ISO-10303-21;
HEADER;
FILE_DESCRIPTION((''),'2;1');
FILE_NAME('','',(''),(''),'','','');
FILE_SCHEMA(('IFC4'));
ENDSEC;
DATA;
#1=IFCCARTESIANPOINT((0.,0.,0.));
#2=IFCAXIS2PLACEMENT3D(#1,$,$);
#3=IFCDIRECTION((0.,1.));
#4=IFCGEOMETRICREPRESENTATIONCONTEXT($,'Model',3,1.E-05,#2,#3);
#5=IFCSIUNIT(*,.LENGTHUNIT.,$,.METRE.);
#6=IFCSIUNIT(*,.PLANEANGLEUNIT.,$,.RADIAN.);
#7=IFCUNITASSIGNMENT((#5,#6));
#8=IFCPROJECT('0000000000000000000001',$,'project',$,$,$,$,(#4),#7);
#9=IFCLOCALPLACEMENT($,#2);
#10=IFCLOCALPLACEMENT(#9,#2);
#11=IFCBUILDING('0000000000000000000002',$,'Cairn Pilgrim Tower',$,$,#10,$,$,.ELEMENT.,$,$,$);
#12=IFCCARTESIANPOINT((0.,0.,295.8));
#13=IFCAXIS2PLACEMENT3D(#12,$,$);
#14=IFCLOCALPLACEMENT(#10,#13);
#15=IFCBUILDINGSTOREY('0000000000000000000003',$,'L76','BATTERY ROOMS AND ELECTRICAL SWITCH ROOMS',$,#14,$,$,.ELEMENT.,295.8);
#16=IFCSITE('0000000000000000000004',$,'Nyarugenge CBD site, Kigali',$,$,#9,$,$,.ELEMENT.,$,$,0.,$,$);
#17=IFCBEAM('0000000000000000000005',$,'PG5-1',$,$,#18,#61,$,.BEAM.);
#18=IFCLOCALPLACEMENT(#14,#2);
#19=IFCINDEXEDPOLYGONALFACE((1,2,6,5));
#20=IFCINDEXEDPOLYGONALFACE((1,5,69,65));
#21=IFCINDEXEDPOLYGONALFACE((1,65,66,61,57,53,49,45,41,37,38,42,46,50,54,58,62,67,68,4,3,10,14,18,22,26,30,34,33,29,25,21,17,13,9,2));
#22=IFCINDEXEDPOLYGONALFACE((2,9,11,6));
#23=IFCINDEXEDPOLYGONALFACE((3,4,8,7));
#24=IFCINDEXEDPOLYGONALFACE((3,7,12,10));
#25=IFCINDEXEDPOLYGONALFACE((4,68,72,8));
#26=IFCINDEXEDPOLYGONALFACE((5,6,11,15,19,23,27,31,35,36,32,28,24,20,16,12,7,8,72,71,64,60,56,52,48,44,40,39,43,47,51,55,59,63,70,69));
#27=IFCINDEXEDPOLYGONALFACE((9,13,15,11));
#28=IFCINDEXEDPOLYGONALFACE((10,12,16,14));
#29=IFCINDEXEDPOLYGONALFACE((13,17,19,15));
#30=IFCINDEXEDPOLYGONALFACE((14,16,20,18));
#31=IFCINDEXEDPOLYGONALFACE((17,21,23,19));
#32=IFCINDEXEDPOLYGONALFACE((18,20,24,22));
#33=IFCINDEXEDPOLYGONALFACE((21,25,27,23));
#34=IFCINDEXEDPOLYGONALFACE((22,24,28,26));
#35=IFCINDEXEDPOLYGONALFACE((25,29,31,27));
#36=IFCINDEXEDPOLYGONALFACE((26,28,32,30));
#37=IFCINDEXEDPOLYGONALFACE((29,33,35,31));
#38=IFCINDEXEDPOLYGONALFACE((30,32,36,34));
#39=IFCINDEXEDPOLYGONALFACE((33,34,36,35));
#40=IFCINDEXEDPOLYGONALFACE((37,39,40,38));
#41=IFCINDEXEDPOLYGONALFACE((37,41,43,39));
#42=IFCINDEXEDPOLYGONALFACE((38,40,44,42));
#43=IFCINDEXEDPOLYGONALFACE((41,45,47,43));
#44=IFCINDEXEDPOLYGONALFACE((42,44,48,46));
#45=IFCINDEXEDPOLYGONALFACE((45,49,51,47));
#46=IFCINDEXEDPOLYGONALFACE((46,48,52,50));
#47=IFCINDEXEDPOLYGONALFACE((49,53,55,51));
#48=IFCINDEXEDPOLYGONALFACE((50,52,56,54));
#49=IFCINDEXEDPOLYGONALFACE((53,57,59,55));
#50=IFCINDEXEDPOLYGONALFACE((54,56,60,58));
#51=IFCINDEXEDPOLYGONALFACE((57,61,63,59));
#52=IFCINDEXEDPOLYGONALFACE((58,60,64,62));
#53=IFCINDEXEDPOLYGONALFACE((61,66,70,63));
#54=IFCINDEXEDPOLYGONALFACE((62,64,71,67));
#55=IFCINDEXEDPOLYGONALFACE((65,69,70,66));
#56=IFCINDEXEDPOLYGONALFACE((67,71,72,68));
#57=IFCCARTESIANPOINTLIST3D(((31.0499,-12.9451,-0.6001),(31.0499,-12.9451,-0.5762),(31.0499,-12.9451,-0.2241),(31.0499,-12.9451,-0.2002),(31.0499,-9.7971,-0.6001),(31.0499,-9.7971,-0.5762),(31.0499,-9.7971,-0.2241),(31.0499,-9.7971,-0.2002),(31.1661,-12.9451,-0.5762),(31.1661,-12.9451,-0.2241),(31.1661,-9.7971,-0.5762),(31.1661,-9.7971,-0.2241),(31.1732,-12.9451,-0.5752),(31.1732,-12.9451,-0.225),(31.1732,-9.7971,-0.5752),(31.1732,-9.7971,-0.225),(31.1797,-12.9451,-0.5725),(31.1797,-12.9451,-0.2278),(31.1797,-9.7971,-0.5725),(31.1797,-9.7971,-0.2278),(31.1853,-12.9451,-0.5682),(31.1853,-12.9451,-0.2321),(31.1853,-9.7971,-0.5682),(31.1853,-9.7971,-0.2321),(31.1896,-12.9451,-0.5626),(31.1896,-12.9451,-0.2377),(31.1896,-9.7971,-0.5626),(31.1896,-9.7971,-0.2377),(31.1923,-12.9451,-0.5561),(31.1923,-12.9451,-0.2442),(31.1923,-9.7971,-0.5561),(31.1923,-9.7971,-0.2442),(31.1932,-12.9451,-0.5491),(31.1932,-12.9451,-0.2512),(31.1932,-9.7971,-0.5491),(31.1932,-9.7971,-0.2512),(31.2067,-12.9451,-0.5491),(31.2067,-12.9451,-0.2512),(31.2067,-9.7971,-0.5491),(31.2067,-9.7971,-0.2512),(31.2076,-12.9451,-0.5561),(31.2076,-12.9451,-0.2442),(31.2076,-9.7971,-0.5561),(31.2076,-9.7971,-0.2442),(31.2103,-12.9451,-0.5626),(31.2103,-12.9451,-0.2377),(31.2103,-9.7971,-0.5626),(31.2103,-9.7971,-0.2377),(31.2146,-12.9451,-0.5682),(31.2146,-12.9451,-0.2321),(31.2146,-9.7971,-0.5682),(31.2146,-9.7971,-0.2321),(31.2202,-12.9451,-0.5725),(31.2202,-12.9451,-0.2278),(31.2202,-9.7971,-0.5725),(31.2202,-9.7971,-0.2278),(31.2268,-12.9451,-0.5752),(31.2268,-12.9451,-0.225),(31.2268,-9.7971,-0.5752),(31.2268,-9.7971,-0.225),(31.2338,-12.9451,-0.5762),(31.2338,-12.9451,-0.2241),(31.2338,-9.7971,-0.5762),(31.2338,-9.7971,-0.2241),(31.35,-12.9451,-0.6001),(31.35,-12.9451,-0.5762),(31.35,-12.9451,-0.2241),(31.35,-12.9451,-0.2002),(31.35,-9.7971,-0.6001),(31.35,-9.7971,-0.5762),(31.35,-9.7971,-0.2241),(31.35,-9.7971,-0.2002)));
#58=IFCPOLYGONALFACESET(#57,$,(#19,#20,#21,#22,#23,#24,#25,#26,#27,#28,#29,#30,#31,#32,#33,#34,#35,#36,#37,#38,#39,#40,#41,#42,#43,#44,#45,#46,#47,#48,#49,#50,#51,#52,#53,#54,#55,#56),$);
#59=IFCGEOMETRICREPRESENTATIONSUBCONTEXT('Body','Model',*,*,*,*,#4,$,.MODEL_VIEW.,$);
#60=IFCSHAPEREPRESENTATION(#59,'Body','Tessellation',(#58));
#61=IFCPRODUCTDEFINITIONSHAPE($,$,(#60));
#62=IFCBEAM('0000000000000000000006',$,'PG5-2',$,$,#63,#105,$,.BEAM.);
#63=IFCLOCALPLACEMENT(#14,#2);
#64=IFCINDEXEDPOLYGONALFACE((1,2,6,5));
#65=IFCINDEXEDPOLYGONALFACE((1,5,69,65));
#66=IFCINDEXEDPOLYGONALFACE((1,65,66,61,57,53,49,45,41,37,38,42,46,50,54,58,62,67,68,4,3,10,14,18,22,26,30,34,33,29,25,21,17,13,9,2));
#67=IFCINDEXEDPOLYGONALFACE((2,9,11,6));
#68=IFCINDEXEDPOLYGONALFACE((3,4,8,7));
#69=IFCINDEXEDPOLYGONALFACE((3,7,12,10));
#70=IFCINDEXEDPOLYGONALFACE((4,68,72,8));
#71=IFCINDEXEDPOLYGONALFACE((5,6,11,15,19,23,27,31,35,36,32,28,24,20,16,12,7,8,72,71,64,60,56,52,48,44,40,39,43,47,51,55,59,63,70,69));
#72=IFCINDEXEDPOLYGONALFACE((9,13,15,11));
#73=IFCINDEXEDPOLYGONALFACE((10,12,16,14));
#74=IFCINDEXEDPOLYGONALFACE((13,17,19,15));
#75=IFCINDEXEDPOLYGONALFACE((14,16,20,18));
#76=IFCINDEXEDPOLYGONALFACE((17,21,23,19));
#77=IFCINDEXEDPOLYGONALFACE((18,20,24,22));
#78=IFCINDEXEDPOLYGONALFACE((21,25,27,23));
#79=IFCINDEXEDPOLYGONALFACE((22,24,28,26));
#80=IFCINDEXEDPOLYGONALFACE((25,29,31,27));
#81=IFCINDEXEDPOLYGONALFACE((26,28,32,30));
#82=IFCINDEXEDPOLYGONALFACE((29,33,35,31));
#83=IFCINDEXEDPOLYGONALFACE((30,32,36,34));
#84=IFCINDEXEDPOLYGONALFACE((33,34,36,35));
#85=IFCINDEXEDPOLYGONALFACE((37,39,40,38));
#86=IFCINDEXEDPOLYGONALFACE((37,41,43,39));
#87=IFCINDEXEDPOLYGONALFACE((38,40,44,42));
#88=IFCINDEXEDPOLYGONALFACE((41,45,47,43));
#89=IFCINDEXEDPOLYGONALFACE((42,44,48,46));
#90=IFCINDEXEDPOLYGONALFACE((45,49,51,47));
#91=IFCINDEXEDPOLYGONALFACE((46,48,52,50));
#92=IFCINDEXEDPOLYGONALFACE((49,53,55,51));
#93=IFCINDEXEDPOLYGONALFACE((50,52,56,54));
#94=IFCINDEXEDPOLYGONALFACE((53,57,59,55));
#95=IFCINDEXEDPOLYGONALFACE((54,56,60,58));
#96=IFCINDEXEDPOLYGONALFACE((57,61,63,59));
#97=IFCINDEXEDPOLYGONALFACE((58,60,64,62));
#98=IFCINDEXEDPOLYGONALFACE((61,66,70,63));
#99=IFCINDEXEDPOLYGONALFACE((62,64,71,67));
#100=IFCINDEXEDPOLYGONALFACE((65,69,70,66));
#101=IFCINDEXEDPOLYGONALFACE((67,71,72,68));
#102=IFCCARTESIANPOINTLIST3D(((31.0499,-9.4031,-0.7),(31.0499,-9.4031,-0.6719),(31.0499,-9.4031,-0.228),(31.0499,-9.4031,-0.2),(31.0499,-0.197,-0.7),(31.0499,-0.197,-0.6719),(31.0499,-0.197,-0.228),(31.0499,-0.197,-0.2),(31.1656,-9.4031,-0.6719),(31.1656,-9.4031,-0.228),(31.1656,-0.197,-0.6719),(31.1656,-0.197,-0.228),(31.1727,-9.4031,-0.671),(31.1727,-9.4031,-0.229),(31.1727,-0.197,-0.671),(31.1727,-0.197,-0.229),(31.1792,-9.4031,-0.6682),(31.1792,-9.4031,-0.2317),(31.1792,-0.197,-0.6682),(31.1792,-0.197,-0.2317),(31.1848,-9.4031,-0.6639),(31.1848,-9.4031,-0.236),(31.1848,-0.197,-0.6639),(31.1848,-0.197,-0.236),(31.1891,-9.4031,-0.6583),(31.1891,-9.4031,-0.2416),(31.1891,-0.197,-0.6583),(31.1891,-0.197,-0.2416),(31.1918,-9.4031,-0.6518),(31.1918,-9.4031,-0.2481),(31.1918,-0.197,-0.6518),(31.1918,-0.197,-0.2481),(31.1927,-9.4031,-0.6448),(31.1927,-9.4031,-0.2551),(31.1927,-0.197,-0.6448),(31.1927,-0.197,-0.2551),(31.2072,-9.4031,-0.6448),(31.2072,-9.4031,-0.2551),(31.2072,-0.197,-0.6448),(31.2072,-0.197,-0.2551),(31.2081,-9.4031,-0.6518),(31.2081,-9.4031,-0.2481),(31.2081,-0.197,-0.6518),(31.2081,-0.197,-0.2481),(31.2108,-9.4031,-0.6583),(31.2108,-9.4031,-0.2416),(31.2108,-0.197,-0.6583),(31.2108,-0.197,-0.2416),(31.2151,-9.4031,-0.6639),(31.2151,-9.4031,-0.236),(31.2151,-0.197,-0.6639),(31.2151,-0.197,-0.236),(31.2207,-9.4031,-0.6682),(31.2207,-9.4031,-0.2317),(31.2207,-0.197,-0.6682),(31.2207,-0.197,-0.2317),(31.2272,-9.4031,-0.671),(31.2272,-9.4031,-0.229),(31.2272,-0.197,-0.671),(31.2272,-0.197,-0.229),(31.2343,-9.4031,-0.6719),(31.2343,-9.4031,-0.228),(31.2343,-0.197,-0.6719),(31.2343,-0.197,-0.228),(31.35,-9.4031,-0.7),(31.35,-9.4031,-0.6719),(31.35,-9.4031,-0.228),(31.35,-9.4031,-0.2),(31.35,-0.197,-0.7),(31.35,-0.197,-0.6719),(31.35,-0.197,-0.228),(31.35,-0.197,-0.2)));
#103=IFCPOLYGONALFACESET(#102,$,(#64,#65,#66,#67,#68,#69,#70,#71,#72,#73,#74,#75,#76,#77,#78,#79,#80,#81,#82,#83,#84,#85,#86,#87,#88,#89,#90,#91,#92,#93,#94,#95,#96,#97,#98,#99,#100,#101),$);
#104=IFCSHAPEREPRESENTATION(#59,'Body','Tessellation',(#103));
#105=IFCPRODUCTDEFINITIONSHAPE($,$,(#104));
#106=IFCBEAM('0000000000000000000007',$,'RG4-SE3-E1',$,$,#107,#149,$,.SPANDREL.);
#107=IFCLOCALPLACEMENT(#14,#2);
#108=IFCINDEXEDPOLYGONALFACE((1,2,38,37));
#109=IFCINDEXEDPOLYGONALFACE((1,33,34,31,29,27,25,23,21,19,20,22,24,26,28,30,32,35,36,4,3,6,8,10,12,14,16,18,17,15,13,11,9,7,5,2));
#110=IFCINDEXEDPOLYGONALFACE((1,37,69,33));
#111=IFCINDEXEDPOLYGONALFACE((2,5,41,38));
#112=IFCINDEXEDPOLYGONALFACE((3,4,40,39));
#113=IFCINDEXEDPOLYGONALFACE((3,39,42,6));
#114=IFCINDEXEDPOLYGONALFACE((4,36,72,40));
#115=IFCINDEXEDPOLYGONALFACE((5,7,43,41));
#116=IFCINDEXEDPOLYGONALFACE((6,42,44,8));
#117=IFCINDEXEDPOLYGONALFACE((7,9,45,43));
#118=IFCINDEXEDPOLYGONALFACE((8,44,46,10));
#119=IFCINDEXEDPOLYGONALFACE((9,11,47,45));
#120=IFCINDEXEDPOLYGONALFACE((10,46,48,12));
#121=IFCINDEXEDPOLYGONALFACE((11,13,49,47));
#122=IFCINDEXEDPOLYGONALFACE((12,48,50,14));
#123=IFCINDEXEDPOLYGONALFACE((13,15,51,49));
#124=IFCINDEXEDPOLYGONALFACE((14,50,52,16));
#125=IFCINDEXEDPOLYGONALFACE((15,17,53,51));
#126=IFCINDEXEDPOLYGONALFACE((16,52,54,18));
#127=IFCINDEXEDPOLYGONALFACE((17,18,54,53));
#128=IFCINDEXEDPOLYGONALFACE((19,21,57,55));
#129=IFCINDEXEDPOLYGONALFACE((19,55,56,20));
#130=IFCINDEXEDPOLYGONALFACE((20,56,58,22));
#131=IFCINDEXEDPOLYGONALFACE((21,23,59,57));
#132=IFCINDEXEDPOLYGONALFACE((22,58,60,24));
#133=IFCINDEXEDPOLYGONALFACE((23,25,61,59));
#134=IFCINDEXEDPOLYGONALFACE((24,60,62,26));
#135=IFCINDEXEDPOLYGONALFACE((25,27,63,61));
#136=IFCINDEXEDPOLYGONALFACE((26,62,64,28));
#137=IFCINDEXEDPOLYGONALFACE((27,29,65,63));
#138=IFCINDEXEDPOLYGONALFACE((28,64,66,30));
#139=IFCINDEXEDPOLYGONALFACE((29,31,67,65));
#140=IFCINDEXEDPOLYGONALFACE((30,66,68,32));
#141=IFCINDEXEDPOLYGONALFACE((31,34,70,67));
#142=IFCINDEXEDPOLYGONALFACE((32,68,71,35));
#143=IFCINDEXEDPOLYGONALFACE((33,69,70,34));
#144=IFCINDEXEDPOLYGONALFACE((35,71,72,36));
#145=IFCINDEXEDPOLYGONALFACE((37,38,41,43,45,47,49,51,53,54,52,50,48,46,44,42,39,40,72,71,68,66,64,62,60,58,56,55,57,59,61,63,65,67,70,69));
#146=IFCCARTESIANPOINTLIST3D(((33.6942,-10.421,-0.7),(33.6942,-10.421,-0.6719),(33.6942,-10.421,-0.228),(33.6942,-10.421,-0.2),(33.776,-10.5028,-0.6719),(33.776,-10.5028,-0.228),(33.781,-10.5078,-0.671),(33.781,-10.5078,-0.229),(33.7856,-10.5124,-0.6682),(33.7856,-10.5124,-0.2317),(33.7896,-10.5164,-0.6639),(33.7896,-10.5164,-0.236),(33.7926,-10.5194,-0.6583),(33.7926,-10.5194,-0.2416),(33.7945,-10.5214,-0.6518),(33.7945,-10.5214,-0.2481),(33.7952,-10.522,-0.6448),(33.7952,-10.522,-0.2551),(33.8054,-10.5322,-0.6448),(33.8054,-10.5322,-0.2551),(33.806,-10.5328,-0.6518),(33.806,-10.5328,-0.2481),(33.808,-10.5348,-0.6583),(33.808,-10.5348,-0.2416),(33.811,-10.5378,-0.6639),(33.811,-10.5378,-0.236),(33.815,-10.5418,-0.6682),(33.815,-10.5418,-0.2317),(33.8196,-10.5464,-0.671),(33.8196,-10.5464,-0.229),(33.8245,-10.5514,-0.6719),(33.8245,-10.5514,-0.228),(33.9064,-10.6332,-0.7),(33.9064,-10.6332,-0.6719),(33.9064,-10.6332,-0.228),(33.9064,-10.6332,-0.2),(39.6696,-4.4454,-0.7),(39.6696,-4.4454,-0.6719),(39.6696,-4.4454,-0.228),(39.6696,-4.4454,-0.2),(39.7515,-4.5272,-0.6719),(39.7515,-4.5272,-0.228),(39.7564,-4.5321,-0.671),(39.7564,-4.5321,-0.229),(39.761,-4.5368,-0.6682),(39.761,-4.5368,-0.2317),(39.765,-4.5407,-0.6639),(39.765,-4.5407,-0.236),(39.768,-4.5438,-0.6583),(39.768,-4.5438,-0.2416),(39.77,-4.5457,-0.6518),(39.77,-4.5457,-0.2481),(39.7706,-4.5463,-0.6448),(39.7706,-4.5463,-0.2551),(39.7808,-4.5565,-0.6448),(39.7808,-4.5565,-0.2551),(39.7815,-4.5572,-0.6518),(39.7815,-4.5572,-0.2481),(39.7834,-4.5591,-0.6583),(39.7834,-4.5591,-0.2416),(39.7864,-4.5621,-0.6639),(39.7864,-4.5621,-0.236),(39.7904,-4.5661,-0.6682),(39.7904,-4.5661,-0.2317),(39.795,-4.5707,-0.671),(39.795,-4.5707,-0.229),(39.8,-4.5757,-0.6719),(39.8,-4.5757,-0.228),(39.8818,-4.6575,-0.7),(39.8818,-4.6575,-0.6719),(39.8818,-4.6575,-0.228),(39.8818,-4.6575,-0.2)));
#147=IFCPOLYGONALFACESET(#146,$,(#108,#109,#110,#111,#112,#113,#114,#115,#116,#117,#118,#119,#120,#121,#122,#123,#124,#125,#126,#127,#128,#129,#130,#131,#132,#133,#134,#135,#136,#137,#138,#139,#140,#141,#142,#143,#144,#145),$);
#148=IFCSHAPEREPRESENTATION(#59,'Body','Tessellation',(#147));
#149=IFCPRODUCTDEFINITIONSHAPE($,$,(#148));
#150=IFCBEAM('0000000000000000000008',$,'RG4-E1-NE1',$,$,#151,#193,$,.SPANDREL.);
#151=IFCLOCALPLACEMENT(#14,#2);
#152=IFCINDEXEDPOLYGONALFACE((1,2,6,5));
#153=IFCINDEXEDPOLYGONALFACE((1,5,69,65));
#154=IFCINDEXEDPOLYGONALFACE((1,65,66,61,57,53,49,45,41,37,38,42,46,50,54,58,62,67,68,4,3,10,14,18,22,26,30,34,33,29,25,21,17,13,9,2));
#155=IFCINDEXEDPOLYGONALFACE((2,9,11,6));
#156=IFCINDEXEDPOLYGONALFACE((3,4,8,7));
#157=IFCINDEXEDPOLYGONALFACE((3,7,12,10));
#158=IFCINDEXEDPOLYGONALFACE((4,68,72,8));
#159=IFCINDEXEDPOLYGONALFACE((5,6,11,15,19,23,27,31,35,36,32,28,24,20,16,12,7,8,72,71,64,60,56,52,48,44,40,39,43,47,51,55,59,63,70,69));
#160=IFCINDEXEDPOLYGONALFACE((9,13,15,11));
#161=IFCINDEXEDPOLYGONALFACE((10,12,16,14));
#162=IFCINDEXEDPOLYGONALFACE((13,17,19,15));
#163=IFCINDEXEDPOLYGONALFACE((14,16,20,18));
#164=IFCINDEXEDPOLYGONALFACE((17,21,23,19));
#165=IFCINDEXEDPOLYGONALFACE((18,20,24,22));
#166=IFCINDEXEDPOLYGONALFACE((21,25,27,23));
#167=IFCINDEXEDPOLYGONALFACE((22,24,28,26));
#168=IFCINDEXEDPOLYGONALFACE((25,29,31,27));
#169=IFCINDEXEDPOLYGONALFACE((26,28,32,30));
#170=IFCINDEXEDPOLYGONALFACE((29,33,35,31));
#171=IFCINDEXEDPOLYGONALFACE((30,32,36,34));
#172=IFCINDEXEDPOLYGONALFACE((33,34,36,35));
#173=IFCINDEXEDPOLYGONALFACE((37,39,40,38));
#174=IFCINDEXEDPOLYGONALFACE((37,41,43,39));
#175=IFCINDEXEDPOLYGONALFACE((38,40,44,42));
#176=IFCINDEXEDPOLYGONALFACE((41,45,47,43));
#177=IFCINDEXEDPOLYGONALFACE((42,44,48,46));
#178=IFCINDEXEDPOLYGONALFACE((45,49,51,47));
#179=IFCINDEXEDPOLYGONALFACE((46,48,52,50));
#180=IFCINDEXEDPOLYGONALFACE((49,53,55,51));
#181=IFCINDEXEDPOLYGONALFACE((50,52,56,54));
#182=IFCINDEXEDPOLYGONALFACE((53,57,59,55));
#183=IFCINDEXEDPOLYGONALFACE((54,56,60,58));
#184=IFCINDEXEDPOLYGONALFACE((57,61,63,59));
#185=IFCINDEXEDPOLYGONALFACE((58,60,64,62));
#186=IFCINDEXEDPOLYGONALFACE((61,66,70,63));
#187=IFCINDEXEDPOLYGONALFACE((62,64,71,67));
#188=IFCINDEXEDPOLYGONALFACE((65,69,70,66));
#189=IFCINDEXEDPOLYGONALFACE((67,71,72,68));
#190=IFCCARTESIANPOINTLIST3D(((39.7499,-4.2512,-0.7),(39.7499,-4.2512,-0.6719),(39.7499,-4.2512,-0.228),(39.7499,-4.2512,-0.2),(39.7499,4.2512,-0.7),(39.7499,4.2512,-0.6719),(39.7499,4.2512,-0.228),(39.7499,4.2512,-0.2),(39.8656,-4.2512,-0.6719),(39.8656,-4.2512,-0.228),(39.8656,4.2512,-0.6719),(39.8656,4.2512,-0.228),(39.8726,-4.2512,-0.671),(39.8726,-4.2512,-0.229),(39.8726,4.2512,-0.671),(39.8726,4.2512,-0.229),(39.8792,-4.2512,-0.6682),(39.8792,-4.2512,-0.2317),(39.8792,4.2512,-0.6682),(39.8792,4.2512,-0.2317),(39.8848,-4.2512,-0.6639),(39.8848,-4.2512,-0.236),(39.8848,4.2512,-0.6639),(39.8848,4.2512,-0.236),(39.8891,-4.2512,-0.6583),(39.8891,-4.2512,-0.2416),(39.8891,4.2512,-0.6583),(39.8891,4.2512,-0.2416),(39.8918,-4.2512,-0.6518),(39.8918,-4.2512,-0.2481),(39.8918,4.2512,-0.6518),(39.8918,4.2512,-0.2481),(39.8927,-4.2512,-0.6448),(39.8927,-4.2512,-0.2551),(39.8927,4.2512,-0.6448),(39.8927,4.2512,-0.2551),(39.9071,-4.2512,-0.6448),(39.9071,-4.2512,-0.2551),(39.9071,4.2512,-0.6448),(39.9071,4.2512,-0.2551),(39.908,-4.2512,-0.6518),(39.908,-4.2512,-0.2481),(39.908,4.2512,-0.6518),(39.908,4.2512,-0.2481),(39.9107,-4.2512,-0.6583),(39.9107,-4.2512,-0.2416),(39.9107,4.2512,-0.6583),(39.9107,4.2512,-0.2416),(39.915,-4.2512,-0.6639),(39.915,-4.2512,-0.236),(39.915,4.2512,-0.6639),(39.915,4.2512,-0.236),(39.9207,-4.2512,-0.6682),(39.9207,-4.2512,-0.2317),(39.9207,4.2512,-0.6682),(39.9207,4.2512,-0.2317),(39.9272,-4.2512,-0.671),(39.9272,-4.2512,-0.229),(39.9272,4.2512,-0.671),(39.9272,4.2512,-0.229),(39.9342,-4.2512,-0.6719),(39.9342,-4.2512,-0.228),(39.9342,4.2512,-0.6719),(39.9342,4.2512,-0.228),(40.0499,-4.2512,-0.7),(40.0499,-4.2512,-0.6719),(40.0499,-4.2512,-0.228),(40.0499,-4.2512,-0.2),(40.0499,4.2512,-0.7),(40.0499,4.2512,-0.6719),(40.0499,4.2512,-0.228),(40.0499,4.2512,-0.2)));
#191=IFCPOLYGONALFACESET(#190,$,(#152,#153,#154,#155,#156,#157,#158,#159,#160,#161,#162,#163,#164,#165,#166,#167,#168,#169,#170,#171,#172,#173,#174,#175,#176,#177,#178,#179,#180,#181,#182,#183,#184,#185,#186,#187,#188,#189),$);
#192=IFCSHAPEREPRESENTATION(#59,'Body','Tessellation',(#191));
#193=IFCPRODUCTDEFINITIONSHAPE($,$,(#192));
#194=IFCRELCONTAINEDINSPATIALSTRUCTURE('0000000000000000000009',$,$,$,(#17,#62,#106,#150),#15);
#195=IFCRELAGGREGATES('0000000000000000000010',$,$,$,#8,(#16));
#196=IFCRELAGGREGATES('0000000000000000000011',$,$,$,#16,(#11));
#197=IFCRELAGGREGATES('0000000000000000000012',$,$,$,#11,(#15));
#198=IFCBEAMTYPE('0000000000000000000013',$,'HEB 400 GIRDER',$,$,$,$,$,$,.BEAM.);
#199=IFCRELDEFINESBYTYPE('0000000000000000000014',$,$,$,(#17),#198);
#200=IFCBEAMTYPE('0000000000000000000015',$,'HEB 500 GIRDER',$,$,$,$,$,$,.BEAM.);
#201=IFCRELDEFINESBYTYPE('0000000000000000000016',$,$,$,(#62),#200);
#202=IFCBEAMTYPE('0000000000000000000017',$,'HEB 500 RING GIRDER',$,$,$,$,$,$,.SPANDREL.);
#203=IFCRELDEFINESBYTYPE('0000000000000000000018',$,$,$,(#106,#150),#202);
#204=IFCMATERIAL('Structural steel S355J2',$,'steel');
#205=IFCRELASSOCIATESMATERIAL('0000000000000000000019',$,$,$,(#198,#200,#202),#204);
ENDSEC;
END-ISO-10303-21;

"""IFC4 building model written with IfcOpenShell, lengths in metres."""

from ifc_helpers import new_model, si_unit, direction, frame, origin, origin_2d, place, context, subcontext, project, spatial, i_section, extrude, material, material_profile, profile_set, type_object, element, save


model = new_model("IFC4")

# Units and contexts
model_context = context("Model", 3, precision=1e-05, world=origin(), true_north=direction((0.0, 1.0)))
body_context = subcontext(model_context, "Body", "Model", "MODEL_VIEW")
ifc_project = project(units=[si_unit("LENGTHUNIT", "METRE"), si_unit("PLANEANGLEUNIT", "RADIAN")], contexts=[model_context])

# Site, building, storey
site_placement = place(None, origin())
site = spatial("IfcSite", under=ifc_project, at=site_placement, Name="Nyarugenge CBD site, Kigali", CompositionType="ELEMENT", RefElevation=0.0)
building_placement = place(site_placement, origin())
building = spatial("IfcBuilding", under=site, at=building_placement, Name="Cairn Pilgrim Tower", CompositionType="ELEMENT")
storey_placement = place(building_placement, frame((0.0, 0.0, 295.8)))
storey = spatial("IfcBuildingStorey", under=building, at=storey_placement, Name="L76", Description="BATTERY ROOMS AND ELECTRICAL SWITCH ROOMS", CompositionType="ELEMENT", Elevation=295.8)

# Shared definitions
ifc_material_1 = material(Name="Structural steel S355J2", Category="steel")

# Beams
ifc_material_profile_1 = material_profile(ifc_material_1, i_section(OverallWidth=0.3, OverallDepth=0.3999, WebThickness=0.0134, FlangeThickness=0.0239, FilletRadius=0.0271, at=origin_2d()), Name="HEB 400")
ifc_profile_set_1 = profile_set([ifc_material_profile_1], Name="Structural steel S355J2")
beam_type_1 = type_object("IfcBeamType", Name="HEB 400 GIRDER", PredefinedType="BEAM", material=ifc_profile_set_1)
beam_1_placement = place(storey_placement, frame((31.2, -12.9451, -0.4001), z_axis=(0.0, 1.0, 0.0), x_axis=(-1.0, 0.0, 0.0)))
element("IfcBeam", 1, at=beam_1_placement, inside=storey, type_object=beam_type_1, Name="PG5-1", PredefinedType="BEAM", context=body_context, shape_type="SweptSolid", body=[
    extrude(i_section(OverallWidth=0.3, OverallDepth=0.3999, WebThickness=0.0134, FlangeThickness=0.0239, FilletRadius=0.0271, at=origin_2d()), origin(), (0.0, 0.0, 1.0), 3.1479),
])
ifc_material_profile_2 = material_profile(ifc_material_1, i_section(OverallWidth=0.3, OverallDepth=0.5, WebThickness=0.0144, FlangeThickness=0.0281, FilletRadius=0.0271, at=origin_2d()), Name="HEB 500")
ifc_profile_set_2 = profile_set([ifc_material_profile_2], Name="Structural steel S355J2")
beam_type_2 = type_object("IfcBeamType", Name="HEB 500 GIRDER", PredefinedType="BEAM", material=ifc_profile_set_2)
beam_2_placement = place(storey_placement, frame((31.2, -9.4031, -0.45), z_axis=(0.0, 1.0, 0.0), x_axis=(-1.0, 0.0, 0.0)))
element("IfcBeam", 2, at=beam_2_placement, inside=storey, type_object=beam_type_2, Name="PG5-2", PredefinedType="BEAM", context=body_context, shape_type="SweptSolid", body=[
    extrude(i_section(OverallWidth=0.3, OverallDepth=0.5, WebThickness=0.0144, FlangeThickness=0.0281, FilletRadius=0.0271, at=origin_2d()), origin(), (0.0, 0.0, 1.0), 9.2061),
])
ifc_material_profile_3 = material_profile(ifc_material_1, i_section(OverallWidth=0.3, OverallDepth=0.5, WebThickness=0.0144, FlangeThickness=0.0281, FilletRadius=0.0271, at=origin_2d()), Name="HEB 500")
ifc_profile_set_3 = profile_set([ifc_material_profile_3], Name="Structural steel S355J2")
beam_type_3 = type_object("IfcBeamType", Name="HEB 500 RING GIRDER", PredefinedType="SPANDREL", material=ifc_profile_set_3)
beam_3_placement = place(storey_placement, frame((33.8003, -10.5271, -0.45), z_axis=(0.707092, 0.707121, 0.0), x_axis=(-0.707121, 0.707092, 0.0)))
element("IfcBeam", 3, at=beam_3_placement, inside=storey, type_object=beam_type_3, Name="RG4-SE3-E1", PredefinedType="SPANDREL", context=body_context, shape_type="SweptSolid", body=[
    extrude(i_section(OverallWidth=0.3, OverallDepth=0.5, WebThickness=0.0144, FlangeThickness=0.0281, FilletRadius=0.0271, at=origin_2d()), origin(), (0.0, 0.0, 1.0), 8.4507),
])
beam_4_placement = place(storey_placement, frame((39.8999, -4.2512, -0.45), z_axis=(0.0, 1.0, 0.0), x_axis=(-1.0, 0.0, 0.0)))
element("IfcBeam", 4, at=beam_4_placement, inside=storey, type_object=beam_type_3, Name="RG4-E1-NE1", PredefinedType="SPANDREL", context=body_context, shape_type="SweptSolid", body=[
    extrude(i_section(OverallWidth=0.3, OverallDepth=0.5, WebThickness=0.0144, FlangeThickness=0.0281, FilletRadius=0.0271, at=origin_2d()), origin(), (0.0, 0.0, 1.0), 8.5024),
])

save(model, "model.ifc")
